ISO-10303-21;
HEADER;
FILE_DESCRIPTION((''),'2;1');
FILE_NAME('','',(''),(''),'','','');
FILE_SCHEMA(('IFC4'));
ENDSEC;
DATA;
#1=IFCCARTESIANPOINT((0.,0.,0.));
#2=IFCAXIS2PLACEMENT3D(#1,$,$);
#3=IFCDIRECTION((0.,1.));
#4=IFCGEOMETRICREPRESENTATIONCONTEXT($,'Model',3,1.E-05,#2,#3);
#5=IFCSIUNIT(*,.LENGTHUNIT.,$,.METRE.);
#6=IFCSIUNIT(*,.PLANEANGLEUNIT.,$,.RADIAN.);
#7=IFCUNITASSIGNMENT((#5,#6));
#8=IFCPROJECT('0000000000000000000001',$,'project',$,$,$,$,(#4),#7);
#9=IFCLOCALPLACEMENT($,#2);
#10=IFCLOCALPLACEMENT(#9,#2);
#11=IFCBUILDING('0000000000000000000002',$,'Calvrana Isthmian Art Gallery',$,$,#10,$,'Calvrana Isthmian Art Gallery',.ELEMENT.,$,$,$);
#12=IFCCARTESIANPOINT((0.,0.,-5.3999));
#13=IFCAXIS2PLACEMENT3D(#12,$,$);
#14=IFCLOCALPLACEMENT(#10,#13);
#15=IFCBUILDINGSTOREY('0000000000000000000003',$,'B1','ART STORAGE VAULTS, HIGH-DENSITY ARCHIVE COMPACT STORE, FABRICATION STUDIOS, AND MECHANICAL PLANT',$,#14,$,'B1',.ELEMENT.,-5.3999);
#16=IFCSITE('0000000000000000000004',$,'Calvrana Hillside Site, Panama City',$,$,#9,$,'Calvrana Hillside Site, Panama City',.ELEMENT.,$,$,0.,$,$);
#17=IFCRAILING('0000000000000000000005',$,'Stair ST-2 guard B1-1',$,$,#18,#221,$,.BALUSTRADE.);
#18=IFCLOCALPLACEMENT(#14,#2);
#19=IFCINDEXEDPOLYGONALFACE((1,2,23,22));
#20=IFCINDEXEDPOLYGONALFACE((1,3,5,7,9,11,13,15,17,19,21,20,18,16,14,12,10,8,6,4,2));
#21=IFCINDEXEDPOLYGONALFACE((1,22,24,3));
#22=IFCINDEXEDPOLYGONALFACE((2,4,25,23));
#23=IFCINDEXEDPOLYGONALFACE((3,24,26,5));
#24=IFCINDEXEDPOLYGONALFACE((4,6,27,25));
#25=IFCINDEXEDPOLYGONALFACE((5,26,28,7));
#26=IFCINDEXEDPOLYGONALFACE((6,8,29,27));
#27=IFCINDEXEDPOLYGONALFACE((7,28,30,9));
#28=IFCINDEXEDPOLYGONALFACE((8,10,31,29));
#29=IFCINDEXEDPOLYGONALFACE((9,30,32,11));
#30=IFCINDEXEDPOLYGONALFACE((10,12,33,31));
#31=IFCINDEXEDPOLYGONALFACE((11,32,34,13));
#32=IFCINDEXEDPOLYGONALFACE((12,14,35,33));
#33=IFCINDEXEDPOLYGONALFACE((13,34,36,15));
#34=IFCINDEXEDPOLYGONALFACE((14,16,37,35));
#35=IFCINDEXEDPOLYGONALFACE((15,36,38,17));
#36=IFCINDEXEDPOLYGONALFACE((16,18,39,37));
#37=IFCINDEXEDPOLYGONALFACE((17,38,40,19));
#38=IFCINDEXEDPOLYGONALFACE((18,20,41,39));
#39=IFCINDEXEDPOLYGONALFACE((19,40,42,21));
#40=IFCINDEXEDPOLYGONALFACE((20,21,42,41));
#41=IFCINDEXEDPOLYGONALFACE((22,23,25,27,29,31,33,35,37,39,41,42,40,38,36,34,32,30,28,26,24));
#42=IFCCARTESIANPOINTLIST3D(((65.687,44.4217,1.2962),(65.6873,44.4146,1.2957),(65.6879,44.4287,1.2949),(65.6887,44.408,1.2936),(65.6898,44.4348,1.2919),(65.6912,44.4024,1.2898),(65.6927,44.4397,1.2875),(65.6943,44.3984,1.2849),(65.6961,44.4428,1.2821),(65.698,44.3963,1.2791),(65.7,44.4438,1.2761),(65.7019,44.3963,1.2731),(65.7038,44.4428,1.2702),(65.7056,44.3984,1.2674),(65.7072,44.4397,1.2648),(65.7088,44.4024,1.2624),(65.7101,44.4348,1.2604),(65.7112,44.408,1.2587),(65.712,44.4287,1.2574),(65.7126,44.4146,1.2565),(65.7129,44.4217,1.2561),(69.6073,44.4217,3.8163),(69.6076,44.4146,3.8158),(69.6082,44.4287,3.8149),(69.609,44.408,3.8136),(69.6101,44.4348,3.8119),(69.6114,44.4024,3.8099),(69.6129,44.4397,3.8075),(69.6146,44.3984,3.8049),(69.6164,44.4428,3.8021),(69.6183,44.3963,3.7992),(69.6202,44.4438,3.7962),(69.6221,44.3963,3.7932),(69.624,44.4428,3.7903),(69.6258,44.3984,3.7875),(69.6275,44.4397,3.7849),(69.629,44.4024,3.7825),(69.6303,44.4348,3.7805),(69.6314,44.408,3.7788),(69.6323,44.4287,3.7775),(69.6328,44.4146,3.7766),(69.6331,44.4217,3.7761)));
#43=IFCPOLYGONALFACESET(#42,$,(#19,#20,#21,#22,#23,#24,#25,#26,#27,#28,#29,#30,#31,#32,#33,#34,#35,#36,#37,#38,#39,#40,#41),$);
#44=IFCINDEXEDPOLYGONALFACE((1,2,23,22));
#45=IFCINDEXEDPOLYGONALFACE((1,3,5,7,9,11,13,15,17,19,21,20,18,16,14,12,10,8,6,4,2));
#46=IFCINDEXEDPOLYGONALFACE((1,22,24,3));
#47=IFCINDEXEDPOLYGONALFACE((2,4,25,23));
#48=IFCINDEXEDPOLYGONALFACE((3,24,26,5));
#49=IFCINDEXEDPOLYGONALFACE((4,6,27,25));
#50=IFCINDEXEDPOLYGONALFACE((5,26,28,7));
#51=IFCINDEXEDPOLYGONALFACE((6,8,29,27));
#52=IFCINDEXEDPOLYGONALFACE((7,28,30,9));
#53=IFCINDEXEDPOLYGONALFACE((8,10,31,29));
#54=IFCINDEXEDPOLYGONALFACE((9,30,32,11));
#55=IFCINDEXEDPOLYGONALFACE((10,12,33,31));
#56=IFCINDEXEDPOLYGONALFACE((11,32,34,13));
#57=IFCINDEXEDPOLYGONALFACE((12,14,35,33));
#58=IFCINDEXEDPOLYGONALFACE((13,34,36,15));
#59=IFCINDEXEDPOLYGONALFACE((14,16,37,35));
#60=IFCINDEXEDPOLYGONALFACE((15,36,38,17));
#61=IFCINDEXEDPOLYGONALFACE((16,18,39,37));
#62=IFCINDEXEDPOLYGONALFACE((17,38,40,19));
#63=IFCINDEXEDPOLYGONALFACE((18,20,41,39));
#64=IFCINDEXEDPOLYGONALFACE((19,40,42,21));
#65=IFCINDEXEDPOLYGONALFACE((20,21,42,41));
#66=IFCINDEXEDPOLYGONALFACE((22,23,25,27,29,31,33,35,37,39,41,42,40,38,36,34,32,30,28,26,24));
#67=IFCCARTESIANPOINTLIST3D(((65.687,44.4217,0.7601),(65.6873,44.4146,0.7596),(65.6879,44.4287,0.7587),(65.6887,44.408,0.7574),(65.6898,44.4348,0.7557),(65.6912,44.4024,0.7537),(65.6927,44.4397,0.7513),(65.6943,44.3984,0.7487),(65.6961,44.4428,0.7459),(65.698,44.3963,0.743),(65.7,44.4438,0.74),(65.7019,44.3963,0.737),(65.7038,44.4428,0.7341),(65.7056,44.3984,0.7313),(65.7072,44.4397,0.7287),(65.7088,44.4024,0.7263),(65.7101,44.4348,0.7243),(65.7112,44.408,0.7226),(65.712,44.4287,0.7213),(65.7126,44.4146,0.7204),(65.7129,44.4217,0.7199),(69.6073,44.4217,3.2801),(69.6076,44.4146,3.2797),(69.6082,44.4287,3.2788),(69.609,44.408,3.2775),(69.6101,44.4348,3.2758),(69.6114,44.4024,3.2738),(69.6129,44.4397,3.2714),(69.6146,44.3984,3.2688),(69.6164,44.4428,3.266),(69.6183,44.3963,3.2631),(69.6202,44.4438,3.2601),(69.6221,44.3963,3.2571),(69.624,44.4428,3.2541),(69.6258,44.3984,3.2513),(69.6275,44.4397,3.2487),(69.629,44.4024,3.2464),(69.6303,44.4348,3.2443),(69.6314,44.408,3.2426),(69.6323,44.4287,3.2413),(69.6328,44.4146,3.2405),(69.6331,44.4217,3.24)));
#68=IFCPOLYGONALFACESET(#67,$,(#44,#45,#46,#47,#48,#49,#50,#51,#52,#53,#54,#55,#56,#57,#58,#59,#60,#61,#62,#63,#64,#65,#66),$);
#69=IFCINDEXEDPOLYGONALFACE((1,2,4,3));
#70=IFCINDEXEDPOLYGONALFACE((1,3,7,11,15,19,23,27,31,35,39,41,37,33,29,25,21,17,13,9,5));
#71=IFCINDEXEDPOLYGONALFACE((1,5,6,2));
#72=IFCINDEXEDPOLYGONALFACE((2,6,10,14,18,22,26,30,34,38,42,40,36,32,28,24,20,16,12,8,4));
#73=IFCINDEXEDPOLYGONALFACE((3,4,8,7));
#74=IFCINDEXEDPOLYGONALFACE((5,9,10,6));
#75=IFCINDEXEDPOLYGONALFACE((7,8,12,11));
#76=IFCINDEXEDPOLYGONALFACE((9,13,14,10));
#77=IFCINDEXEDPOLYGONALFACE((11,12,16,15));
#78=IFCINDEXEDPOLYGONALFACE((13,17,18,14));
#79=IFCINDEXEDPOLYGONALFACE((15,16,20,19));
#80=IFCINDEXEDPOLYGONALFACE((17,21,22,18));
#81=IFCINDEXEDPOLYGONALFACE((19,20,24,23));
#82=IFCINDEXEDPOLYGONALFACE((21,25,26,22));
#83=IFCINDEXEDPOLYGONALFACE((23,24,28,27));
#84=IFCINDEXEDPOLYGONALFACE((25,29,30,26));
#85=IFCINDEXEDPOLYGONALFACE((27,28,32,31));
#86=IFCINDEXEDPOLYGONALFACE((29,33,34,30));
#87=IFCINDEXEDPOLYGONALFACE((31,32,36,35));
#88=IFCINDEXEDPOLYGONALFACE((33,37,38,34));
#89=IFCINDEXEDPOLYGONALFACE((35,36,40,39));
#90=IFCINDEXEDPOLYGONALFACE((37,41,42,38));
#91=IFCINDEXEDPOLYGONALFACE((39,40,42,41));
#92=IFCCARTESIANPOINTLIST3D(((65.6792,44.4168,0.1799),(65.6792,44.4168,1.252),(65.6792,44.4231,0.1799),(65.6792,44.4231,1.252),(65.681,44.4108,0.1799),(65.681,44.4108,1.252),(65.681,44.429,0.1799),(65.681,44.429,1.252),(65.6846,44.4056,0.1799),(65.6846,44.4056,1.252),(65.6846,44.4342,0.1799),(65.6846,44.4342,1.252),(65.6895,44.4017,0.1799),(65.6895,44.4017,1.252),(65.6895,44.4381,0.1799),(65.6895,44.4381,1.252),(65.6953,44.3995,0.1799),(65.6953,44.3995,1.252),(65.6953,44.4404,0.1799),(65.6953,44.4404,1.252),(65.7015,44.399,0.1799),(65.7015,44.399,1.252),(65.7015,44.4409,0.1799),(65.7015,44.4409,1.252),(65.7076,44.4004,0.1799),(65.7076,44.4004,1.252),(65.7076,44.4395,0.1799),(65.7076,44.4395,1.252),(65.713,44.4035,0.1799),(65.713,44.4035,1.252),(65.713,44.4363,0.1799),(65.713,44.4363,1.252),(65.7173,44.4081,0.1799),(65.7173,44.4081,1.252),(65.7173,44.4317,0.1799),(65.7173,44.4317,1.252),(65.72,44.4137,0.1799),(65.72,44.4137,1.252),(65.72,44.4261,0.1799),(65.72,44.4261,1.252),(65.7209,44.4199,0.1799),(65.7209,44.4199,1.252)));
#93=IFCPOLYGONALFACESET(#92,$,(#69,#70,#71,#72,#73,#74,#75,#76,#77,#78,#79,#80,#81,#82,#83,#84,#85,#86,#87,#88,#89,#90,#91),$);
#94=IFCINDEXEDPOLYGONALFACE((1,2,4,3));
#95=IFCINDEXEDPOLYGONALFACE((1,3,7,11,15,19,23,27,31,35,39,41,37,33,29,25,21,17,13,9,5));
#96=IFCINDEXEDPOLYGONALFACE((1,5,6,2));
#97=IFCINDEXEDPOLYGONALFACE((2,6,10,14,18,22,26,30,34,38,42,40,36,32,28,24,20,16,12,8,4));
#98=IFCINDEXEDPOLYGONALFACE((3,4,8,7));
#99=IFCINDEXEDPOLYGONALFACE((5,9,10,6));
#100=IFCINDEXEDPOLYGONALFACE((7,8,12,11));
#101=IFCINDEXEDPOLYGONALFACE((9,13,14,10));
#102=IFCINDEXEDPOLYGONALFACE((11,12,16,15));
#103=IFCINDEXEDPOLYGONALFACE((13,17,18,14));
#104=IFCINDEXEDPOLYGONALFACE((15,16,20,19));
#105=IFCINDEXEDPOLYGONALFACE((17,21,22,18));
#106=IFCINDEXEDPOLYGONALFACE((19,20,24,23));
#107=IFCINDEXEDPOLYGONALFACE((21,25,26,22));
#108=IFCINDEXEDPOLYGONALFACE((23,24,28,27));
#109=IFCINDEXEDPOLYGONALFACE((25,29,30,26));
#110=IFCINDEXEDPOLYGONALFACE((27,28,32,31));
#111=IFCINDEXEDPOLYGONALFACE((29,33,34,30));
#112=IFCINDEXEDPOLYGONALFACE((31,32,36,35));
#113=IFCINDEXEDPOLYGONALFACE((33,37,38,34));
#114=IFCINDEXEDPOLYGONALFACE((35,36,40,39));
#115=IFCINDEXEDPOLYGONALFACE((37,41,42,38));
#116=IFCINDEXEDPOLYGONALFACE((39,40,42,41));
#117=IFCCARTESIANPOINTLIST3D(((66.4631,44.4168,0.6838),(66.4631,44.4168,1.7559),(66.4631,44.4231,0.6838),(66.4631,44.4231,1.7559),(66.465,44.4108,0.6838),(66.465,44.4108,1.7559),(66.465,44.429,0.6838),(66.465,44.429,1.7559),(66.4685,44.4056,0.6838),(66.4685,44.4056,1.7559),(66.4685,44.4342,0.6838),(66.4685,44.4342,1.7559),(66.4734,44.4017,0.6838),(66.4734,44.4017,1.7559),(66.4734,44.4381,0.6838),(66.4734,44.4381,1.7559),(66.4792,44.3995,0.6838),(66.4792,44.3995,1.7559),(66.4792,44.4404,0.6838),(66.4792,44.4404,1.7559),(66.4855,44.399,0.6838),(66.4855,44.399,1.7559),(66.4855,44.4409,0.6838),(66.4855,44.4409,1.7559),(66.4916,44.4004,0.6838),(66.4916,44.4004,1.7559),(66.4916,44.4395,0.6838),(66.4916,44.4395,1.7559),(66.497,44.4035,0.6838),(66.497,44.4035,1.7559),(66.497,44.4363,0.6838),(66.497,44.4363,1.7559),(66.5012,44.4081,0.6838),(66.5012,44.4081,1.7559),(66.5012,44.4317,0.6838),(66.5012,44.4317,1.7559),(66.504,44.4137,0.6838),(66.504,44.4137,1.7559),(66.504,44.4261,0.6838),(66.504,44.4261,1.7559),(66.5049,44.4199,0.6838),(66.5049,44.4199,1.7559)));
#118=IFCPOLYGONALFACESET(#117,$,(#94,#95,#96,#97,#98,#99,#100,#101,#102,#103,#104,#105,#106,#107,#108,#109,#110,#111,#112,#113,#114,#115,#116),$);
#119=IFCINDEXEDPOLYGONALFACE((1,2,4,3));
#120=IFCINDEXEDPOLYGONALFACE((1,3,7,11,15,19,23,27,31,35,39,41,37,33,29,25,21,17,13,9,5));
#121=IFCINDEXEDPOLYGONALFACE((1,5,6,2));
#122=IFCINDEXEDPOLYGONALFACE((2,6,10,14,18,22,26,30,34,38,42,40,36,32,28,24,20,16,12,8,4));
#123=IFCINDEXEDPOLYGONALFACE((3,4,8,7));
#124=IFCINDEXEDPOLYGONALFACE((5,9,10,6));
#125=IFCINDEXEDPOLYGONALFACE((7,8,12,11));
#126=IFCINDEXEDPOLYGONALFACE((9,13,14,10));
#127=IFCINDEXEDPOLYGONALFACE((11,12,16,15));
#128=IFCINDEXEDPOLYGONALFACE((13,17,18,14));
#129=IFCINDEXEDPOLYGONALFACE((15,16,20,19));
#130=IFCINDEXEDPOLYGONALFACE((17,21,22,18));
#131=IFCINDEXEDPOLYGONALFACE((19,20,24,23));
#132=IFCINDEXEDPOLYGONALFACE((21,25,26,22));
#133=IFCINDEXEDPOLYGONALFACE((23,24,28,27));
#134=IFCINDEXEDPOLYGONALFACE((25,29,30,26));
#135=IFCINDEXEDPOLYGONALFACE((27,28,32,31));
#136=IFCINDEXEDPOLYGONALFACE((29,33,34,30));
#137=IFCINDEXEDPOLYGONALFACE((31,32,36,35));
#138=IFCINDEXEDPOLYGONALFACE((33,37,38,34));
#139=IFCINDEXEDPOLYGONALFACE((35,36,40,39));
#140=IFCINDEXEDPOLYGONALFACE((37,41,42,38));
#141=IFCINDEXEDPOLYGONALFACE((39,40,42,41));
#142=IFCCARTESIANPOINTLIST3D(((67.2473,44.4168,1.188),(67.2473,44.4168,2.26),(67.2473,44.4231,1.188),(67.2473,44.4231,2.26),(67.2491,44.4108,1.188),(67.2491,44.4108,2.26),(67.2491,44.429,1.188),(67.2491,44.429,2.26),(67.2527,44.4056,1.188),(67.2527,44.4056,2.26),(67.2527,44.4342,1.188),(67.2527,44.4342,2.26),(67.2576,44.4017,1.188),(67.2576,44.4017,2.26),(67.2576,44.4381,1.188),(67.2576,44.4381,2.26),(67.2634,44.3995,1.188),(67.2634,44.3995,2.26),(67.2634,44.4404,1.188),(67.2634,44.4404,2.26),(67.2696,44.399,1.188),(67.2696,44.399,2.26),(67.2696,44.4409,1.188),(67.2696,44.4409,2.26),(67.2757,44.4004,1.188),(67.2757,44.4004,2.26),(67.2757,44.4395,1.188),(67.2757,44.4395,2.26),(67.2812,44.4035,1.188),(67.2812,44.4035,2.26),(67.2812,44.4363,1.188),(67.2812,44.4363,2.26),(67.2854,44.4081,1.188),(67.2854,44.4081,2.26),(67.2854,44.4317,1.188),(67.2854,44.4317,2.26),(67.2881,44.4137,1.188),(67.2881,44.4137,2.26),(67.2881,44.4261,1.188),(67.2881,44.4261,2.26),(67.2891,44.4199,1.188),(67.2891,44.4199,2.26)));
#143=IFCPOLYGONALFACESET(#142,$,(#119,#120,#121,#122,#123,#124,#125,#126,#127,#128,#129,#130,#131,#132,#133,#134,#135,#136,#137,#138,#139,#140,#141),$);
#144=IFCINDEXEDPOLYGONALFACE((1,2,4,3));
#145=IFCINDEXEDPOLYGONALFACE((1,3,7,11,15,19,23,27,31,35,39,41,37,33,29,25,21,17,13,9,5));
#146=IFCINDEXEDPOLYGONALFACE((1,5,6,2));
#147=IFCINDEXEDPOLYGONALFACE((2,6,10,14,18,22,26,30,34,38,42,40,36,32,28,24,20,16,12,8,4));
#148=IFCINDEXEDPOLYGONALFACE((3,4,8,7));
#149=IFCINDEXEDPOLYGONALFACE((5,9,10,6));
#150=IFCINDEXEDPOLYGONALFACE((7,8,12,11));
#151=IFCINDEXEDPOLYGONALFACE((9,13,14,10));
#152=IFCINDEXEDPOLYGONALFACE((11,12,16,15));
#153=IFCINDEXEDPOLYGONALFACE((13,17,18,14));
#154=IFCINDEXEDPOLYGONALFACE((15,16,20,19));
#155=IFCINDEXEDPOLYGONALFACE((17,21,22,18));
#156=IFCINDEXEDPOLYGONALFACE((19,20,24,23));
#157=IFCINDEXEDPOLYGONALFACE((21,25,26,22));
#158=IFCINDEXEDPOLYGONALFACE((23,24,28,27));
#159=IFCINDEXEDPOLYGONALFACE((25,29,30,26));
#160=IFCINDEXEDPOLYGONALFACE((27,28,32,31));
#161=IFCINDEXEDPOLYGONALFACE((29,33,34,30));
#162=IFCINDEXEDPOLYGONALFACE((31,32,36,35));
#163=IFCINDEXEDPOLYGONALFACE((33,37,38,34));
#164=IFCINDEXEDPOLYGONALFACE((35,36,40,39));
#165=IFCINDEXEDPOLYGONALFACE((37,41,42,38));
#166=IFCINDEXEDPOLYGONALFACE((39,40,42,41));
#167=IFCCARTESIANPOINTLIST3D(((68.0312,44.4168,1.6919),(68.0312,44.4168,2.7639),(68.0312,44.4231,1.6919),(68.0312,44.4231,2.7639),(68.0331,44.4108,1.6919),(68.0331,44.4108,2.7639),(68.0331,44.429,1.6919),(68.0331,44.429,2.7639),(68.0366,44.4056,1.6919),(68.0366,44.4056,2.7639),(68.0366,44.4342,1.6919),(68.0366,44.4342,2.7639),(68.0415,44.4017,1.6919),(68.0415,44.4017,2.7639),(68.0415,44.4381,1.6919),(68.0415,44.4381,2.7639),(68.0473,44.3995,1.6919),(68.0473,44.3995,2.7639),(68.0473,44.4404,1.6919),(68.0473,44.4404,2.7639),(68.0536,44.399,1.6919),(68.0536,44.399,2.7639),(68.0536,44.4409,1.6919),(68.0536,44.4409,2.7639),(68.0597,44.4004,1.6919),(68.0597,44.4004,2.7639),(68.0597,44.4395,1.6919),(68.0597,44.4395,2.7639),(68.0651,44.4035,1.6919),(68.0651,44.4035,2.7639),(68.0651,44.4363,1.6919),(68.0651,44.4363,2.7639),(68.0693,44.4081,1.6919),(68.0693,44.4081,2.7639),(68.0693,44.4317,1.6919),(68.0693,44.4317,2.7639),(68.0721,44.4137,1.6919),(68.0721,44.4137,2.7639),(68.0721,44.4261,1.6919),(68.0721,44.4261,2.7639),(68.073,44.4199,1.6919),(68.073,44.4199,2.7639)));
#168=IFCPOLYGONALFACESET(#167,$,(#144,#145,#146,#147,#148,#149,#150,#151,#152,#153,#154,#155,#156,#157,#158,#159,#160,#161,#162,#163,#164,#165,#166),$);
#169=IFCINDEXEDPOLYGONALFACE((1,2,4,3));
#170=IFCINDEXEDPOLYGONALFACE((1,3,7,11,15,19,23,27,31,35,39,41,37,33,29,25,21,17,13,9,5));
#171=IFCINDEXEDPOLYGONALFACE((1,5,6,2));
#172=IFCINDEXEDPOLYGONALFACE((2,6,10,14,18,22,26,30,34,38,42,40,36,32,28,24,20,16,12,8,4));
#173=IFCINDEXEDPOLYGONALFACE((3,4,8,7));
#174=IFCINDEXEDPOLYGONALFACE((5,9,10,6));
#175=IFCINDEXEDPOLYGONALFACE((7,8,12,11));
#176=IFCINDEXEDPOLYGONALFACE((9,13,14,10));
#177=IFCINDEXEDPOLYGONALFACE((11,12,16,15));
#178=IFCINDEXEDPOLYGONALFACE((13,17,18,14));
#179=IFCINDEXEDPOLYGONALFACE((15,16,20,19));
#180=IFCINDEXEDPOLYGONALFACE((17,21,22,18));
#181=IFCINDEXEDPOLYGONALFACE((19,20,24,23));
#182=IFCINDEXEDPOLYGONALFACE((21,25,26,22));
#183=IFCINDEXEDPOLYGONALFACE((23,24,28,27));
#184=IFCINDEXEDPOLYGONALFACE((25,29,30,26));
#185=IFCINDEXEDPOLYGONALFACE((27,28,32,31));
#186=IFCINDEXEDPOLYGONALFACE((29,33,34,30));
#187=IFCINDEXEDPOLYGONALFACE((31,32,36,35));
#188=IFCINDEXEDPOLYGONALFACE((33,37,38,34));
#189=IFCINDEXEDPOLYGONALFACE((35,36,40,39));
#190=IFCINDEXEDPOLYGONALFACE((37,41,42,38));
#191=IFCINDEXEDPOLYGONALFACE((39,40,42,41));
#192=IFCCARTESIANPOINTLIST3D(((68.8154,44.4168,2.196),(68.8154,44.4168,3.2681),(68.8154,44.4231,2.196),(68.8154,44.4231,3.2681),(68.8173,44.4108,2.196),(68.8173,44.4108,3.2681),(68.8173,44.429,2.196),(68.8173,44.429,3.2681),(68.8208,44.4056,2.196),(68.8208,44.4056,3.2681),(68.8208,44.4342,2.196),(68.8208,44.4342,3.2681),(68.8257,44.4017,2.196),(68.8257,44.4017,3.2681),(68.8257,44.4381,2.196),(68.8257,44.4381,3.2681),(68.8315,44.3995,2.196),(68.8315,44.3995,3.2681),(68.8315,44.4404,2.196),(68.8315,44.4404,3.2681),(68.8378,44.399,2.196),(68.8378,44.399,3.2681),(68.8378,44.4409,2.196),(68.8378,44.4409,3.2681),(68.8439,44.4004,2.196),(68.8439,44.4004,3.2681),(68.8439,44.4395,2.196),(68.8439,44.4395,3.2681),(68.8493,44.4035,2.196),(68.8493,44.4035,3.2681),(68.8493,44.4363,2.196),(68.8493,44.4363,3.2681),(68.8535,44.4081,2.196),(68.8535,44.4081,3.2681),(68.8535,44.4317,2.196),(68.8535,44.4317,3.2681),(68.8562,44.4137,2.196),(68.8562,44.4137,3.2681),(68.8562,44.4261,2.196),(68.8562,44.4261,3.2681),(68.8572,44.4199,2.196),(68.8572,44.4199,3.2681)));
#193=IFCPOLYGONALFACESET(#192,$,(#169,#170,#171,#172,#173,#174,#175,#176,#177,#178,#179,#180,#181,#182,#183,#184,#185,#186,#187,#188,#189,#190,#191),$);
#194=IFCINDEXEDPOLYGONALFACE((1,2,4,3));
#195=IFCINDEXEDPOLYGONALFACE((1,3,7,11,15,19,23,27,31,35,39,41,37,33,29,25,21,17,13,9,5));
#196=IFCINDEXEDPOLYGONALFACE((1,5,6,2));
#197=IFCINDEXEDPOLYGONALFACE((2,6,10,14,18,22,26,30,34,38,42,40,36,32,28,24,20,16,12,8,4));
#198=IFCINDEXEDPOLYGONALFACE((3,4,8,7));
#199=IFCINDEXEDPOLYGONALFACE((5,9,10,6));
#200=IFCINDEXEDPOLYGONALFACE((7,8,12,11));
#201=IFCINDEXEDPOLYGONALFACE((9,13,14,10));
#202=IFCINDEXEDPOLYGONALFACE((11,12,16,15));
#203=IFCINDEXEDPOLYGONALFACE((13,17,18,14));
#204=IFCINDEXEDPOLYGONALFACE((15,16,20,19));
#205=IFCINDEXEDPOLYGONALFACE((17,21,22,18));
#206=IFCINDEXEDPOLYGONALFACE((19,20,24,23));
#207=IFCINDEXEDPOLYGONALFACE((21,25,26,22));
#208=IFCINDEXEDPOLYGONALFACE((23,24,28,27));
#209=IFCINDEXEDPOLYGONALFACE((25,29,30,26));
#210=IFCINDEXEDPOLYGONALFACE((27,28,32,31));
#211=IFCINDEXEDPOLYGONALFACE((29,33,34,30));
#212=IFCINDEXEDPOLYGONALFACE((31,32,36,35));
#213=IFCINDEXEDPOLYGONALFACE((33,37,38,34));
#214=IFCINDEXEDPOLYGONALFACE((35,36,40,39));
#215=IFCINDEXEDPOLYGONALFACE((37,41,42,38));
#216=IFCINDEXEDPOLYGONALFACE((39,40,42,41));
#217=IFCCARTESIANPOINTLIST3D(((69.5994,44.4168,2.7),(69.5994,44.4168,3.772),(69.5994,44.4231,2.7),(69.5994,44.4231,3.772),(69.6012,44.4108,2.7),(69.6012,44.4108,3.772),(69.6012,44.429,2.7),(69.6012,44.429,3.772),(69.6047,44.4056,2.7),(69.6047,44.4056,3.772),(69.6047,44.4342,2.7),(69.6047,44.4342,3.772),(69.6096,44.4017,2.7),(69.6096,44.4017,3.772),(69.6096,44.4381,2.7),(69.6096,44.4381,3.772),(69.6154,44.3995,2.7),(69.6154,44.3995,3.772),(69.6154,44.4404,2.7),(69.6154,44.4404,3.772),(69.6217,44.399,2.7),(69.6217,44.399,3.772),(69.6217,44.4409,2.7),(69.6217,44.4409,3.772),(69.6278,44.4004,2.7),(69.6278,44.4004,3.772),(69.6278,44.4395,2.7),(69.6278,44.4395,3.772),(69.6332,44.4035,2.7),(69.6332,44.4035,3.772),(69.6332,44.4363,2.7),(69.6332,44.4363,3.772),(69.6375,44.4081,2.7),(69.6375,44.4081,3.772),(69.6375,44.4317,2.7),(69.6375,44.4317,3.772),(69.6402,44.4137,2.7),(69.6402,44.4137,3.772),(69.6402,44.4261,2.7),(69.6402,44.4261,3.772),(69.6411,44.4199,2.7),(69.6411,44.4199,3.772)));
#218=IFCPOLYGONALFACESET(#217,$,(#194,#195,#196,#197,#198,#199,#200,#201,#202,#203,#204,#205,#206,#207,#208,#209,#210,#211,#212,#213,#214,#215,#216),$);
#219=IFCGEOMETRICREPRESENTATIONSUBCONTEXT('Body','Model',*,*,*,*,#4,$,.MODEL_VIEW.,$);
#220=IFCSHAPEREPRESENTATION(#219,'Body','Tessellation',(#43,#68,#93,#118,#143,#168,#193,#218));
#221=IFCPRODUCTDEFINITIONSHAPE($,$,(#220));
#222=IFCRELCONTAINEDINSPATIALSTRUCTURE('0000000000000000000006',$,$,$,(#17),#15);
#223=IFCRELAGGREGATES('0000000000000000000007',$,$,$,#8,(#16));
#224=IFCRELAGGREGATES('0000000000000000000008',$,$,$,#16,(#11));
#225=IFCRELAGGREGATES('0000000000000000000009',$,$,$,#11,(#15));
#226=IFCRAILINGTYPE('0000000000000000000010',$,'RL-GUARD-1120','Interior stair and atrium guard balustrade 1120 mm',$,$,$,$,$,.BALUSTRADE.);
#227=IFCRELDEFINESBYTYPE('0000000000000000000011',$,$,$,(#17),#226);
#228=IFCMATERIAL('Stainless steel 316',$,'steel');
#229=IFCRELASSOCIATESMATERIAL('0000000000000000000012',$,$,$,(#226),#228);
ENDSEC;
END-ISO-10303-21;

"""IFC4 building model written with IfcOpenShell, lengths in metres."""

from ifc_helpers import new_model, si_unit, direction, frame, origin, origin_2d, place, context, subcontext, project, spatial, circle, extrude, material, type_object, element, save


model = new_model("IFC4")

# Units and contexts
model_context = context("Model", 3, precision=1e-05, world=origin(), true_north=direction((0.0, 1.0)))
body_context = subcontext(model_context, "Body", "Model", "MODEL_VIEW")
ifc_project = project(units=[si_unit("LENGTHUNIT", "METRE"), si_unit("PLANEANGLEUNIT", "RADIAN")], contexts=[model_context])

# Site, building, storey
site_placement = place(None, origin())
site = spatial("IfcSite", under=ifc_project, at=site_placement, Name="Calvrana Hillside Site, Panama City", LongName="Calvrana Hillside Site, Panama City", CompositionType="ELEMENT", RefElevation=0.0)
building_placement = place(site_placement, origin())
building = spatial("IfcBuilding", under=site, at=building_placement, Name="Calvrana Isthmian Art Gallery", LongName="Calvrana Isthmian Art Gallery", CompositionType="ELEMENT")
storey_placement = place(building_placement, frame((0.0, 0.0, -5.3999)))
storey = spatial("IfcBuildingStorey", under=building, at=storey_placement, Name="B1", Description="ART STORAGE VAULTS, HIGH-DENSITY ARCHIVE COMPACT STORE, FABRICATION STUDIOS, AND MECHANICAL PLANT", LongName="B1", CompositionType="ELEMENT", Elevation=-5.3999)

# Railing
ifc_material_1 = material(Name="Stainless steel 316", Category="steel")
railing_type_1 = type_object("IfcRailingType", Name="RL-GUARD-1120", Description="Interior stair and atrium guard balustrade 1120 mm", PredefinedType="BALUSTRADE", material=ifc_material_1)
railing_1_placement = place(storey_placement, frame((65.7, 44.4199, 0.1799)))
element("IfcRailing", 1, at=railing_1_placement, inside=storey, type_object=railing_type_1, Name="Stair ST-2 guard B1-1", PredefinedType="BALUSTRADE", context=body_context, shape_type="SweptSolid", body=[
    extrude(circle(Radius=0.0239, at=origin_2d()), frame((0.0, 0.0, 1.0962), z_axis=(0.841187, 0.0, 0.540744), x_axis=(0.0, 1.0, 0.0)), (0.0, 0.0, 1.0), 4.6604),
    extrude(circle(Radius=0.0239, at=origin_2d()), frame((0.0, 0.0, 0.5601), z_axis=(0.841187, 0.0, 0.540744), x_axis=(0.0, 1.0, 0.0)), (0.0, 0.0, 1.0), 4.6604),
    extrude(circle(Radius=0.021, at=origin_2d()), origin(), (0.0, 0.0, 1.0), 1.072),
    extrude(circle(Radius=0.021, at=origin_2d()), frame((0.7839, 0.0, 0.5039)), (0.0, 0.0, 1.0), 1.072),
    extrude(circle(Radius=0.021, at=origin_2d()), frame((1.5681, 0.0, 1.0081)), (0.0, 0.0, 1.0), 1.072),
    extrude(circle(Radius=0.021, at=origin_2d()), frame((2.3521, 0.0, 1.512)), (0.0, 0.0, 1.0), 1.072),
    extrude(circle(Radius=0.021, at=origin_2d()), frame((3.1362, 0.0, 2.0161)), (0.0, 0.0, 1.0), 1.072),
    extrude(circle(Radius=0.021, at=origin_2d()), frame((3.9202, 0.0, 2.52)), (0.0, 0.0, 1.0), 1.072),
])

save(model, "model.ifc")
